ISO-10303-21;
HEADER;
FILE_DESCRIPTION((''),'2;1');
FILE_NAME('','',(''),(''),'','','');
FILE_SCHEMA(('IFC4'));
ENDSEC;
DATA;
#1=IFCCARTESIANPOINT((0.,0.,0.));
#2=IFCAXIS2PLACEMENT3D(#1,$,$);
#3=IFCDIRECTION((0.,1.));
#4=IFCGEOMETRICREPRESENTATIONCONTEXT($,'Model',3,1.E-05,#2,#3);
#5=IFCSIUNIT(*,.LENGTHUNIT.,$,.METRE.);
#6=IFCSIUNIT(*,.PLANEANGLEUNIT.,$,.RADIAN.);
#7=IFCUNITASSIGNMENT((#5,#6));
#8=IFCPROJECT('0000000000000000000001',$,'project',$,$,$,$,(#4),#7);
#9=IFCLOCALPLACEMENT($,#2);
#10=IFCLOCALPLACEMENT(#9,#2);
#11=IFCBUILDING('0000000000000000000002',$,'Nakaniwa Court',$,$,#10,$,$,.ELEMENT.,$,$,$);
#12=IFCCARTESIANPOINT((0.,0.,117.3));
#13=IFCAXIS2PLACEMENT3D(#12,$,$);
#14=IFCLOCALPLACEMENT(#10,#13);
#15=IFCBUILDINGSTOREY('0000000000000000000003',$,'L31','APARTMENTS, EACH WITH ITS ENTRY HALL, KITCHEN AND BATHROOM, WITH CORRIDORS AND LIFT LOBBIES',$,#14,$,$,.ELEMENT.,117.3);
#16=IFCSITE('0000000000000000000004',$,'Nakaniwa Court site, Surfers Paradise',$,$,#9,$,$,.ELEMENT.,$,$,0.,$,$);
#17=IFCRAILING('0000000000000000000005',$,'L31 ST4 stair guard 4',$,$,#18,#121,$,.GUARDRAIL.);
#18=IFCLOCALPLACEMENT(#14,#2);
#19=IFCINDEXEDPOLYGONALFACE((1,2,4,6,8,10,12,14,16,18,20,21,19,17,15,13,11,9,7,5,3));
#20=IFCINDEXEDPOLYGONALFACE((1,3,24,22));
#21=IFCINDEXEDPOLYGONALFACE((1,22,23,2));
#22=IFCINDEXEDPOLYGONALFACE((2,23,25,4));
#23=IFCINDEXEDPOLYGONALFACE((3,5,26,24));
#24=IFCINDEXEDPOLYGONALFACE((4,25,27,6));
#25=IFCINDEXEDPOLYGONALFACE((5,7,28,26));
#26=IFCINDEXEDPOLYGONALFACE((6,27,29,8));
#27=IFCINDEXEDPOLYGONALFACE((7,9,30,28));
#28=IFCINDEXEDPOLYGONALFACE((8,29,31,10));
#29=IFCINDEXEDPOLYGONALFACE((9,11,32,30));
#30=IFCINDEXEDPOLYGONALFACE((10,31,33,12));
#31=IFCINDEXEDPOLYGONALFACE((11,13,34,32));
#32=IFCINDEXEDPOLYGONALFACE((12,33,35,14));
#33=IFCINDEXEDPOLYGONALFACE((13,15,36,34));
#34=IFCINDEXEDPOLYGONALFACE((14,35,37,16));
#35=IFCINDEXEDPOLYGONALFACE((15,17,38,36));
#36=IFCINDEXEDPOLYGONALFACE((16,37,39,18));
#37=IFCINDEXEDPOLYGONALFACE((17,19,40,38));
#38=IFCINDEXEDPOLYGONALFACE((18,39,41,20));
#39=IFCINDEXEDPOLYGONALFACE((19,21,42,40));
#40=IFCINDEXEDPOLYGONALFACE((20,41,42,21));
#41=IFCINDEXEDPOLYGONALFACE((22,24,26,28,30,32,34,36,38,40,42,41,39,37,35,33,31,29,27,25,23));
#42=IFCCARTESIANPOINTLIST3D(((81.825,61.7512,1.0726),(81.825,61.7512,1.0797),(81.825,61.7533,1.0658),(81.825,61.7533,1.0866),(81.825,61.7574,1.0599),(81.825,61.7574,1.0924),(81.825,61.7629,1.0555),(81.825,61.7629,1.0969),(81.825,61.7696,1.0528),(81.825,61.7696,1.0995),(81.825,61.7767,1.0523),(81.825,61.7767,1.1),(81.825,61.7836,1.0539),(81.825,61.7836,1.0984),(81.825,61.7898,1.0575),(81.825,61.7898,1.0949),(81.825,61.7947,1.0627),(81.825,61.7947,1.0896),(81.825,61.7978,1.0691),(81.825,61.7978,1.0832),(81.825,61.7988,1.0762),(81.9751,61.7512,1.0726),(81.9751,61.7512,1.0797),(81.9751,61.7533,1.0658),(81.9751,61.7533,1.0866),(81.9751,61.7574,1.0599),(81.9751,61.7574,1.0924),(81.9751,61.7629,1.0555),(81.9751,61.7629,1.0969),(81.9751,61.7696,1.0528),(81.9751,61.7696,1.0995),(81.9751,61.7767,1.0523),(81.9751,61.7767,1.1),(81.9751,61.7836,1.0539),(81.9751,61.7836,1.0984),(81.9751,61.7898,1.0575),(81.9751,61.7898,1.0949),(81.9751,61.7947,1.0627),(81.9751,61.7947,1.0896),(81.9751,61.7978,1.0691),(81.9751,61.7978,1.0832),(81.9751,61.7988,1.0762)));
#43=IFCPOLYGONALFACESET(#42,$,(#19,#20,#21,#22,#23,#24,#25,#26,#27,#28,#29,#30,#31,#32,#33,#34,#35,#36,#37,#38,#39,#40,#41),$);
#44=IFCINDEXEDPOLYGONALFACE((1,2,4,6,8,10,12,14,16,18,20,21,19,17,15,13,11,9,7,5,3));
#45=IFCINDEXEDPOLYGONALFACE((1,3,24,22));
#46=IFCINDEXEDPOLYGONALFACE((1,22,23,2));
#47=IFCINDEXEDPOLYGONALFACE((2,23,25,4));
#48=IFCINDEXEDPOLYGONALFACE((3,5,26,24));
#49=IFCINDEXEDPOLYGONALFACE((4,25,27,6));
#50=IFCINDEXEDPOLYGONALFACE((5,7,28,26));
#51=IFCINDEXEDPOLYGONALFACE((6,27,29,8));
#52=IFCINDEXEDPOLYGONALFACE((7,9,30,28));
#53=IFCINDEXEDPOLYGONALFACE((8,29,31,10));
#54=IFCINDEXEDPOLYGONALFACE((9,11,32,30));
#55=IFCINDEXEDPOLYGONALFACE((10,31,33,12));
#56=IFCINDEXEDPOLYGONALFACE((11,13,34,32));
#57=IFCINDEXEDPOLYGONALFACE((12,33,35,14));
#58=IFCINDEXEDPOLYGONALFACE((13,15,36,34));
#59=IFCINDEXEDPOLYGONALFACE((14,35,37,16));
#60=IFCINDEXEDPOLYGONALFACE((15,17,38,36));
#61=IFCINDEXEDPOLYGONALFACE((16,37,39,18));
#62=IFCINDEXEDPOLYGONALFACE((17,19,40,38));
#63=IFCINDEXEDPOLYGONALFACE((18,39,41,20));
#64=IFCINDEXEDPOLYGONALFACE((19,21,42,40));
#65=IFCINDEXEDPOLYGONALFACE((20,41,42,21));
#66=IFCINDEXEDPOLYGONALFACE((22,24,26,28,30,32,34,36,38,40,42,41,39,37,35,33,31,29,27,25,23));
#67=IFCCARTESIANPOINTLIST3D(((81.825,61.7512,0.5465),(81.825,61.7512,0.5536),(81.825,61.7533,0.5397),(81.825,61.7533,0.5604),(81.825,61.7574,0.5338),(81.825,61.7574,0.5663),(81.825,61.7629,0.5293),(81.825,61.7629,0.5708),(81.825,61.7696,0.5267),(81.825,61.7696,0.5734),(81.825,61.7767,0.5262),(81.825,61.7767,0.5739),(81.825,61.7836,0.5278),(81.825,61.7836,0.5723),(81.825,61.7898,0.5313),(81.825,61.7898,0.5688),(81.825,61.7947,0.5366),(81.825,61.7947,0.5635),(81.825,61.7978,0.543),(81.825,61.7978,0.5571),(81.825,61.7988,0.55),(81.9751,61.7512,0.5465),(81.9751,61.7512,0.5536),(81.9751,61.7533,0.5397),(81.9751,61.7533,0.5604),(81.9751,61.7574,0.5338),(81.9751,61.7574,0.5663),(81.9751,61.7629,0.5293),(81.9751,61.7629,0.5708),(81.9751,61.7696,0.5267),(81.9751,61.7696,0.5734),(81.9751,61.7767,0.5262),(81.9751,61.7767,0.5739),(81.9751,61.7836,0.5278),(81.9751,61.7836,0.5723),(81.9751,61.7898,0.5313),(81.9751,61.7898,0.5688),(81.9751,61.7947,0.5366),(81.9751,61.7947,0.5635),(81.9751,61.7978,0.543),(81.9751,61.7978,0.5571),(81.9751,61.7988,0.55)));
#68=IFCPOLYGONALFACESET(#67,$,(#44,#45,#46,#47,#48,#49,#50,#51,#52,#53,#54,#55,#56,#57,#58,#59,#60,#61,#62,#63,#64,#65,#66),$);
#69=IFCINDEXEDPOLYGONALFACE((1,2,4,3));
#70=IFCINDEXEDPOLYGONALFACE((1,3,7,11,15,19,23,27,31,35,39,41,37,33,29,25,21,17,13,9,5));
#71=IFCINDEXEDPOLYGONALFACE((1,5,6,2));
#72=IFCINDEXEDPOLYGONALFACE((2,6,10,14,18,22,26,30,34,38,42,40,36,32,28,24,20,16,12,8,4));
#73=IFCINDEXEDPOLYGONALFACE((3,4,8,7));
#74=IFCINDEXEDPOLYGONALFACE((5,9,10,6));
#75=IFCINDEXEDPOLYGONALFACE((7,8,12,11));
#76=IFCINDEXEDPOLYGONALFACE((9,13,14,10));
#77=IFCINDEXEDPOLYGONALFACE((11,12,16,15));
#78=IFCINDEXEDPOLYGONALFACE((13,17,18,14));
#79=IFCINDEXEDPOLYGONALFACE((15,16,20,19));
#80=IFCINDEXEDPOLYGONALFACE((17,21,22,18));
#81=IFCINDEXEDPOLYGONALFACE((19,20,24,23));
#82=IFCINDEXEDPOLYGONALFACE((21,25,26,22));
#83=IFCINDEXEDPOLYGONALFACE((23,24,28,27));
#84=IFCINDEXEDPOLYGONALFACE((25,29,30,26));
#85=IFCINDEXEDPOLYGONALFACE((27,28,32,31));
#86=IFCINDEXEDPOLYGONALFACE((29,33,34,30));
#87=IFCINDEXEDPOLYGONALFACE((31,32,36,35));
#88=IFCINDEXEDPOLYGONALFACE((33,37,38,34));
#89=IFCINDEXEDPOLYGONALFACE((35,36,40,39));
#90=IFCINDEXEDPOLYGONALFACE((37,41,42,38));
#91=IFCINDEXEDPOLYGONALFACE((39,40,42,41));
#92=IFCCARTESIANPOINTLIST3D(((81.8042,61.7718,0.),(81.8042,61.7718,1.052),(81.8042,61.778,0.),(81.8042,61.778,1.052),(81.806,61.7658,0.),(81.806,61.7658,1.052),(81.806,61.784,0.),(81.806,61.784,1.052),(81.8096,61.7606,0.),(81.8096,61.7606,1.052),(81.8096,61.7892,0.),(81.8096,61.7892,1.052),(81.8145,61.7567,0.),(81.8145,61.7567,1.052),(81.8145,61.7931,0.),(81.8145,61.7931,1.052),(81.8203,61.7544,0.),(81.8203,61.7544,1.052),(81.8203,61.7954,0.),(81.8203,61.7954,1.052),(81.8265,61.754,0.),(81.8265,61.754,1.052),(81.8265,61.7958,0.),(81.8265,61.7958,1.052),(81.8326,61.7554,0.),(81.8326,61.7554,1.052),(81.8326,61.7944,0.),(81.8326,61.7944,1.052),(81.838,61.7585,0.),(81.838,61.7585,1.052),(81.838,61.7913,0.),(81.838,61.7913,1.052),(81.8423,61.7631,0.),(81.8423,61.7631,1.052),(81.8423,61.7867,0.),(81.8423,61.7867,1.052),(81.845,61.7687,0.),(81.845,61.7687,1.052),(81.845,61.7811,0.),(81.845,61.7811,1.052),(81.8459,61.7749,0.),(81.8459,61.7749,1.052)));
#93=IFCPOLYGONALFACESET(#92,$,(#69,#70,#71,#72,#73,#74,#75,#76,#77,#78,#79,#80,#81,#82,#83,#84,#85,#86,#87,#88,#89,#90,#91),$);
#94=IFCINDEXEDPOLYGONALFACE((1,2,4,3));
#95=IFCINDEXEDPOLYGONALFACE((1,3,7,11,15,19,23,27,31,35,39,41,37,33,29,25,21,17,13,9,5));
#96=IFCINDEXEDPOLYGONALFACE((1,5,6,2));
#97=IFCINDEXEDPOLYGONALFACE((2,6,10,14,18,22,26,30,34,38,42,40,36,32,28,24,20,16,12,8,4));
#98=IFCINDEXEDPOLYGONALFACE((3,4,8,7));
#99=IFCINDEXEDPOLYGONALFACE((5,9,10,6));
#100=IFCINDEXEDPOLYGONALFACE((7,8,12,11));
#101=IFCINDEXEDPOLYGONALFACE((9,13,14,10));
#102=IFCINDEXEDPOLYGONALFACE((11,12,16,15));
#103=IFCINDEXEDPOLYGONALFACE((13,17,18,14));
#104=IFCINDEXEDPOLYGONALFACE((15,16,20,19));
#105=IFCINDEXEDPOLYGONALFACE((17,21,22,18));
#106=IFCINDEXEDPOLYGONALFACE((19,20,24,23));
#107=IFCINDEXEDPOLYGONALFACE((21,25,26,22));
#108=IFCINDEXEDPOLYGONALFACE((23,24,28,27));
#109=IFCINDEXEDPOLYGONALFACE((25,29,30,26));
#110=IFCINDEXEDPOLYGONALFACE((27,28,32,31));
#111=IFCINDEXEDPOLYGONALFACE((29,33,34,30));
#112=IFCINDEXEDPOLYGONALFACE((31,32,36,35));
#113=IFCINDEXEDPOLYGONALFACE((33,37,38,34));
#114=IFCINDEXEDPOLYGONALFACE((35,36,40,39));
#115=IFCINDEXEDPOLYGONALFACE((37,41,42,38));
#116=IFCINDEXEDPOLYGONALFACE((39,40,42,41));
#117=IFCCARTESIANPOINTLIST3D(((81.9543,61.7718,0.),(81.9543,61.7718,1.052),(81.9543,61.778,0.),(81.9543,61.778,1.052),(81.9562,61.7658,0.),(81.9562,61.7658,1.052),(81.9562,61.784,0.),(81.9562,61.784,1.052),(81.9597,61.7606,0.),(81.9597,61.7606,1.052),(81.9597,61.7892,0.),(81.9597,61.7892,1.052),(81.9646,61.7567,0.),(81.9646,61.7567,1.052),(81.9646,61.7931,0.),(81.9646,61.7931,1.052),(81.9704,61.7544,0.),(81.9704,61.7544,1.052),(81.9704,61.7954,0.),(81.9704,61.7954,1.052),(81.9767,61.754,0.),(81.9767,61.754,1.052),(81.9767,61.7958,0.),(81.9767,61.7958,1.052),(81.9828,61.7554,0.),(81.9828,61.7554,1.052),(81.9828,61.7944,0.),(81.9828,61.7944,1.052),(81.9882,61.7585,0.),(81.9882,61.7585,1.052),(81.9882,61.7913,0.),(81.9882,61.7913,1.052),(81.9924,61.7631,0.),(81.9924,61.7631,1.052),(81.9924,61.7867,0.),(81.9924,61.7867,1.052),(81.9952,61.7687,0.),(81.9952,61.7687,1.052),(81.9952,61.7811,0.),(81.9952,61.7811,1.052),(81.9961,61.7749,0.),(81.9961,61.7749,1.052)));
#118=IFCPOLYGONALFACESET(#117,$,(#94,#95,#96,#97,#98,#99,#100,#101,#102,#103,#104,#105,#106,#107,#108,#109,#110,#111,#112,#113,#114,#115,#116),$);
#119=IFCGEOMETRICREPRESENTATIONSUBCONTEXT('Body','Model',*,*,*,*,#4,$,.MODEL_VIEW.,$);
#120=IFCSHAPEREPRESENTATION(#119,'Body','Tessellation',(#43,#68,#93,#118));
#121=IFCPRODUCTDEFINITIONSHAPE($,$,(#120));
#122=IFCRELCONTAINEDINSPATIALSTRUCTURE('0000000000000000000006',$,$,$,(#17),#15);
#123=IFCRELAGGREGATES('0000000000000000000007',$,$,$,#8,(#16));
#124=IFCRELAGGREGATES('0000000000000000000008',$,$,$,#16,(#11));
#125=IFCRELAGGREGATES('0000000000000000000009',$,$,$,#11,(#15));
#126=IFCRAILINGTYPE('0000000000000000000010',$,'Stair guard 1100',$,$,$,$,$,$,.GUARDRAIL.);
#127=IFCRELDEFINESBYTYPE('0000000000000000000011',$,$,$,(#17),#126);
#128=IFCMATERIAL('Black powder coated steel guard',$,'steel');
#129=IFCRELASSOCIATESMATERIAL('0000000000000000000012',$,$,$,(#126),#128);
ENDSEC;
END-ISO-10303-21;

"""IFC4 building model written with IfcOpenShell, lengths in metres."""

from ifc_helpers import new_model, si_unit, direction, frame, origin, origin_2d, place, context, subcontext, project, spatial, circle, extrude, material, type_object, element, save


model = new_model("IFC4")

# Units and contexts
model_context = context("Model", 3, precision=1e-05, world=origin(), true_north=direction((0.0, 1.0)))
body_context = subcontext(model_context, "Body", "Model", "MODEL_VIEW")
ifc_project = project(units=[si_unit("LENGTHUNIT", "METRE"), si_unit("PLANEANGLEUNIT", "RADIAN")], contexts=[model_context])

# Site, building, storey
site_placement = place(None, origin())
site = spatial("IfcSite", under=ifc_project, at=site_placement, Name="Nakaniwa Court site, Surfers Paradise", CompositionType="ELEMENT", RefElevation=0.0)
building_placement = place(site_placement, origin())
building = spatial("IfcBuilding", under=site, at=building_placement, Name="Nakaniwa Court", CompositionType="ELEMENT")
storey_placement = place(building_placement, frame((0.0, 0.0, 117.3)))
storey = spatial("IfcBuildingStorey", under=building, at=storey_placement, Name="L31", Description="APARTMENTS, EACH WITH ITS ENTRY HALL, KITCHEN AND BATHROOM, WITH CORRIDORS AND LIFT LOBBIES", CompositionType="ELEMENT", Elevation=117.3)

# Railing
ifc_material_1 = material(Name="Black powder coated steel guard", Category="steel")
railing_type_1 = type_object("IfcRailingType", Name="Stair guard 1100", PredefinedType="GUARDRAIL", material=ifc_material_1)
railing_1_placement = place(storey_placement, frame((81.825, 61.7749, 0.0)))
element("IfcRailing", 1, at=railing_1_placement, inside=storey, type_object=railing_type_1, Name="L31 ST4 stair guard 4", PredefinedType="GUARDRAIL", context=body_context, shape_type="SweptSolid", body=[
    extrude(circle(Radius=0.0239, at=origin_2d()), frame((0.0, 0.0, 1.0762), z_axis=(1.0, 0.0, 0.0), x_axis=(0.0, 1.0, 0.0)), (0.0, 0.0, 1.0), 0.1501),
    extrude(circle(Radius=0.0239, at=origin_2d()), frame((0.0, 0.0, 0.55), z_axis=(1.0, 0.0, 0.0), x_axis=(0.0, 1.0, 0.0)), (0.0, 0.0, 1.0), 0.1501),
    extrude(circle(Radius=0.021, at=origin_2d()), origin(), (0.0, 0.0, 1.0), 1.052),
    extrude(circle(Radius=0.021, at=origin_2d()), frame((0.1501, 0.0, 0.0)), (0.0, 0.0, 1.0), 1.052),
])

save(model, "model.ifc")
